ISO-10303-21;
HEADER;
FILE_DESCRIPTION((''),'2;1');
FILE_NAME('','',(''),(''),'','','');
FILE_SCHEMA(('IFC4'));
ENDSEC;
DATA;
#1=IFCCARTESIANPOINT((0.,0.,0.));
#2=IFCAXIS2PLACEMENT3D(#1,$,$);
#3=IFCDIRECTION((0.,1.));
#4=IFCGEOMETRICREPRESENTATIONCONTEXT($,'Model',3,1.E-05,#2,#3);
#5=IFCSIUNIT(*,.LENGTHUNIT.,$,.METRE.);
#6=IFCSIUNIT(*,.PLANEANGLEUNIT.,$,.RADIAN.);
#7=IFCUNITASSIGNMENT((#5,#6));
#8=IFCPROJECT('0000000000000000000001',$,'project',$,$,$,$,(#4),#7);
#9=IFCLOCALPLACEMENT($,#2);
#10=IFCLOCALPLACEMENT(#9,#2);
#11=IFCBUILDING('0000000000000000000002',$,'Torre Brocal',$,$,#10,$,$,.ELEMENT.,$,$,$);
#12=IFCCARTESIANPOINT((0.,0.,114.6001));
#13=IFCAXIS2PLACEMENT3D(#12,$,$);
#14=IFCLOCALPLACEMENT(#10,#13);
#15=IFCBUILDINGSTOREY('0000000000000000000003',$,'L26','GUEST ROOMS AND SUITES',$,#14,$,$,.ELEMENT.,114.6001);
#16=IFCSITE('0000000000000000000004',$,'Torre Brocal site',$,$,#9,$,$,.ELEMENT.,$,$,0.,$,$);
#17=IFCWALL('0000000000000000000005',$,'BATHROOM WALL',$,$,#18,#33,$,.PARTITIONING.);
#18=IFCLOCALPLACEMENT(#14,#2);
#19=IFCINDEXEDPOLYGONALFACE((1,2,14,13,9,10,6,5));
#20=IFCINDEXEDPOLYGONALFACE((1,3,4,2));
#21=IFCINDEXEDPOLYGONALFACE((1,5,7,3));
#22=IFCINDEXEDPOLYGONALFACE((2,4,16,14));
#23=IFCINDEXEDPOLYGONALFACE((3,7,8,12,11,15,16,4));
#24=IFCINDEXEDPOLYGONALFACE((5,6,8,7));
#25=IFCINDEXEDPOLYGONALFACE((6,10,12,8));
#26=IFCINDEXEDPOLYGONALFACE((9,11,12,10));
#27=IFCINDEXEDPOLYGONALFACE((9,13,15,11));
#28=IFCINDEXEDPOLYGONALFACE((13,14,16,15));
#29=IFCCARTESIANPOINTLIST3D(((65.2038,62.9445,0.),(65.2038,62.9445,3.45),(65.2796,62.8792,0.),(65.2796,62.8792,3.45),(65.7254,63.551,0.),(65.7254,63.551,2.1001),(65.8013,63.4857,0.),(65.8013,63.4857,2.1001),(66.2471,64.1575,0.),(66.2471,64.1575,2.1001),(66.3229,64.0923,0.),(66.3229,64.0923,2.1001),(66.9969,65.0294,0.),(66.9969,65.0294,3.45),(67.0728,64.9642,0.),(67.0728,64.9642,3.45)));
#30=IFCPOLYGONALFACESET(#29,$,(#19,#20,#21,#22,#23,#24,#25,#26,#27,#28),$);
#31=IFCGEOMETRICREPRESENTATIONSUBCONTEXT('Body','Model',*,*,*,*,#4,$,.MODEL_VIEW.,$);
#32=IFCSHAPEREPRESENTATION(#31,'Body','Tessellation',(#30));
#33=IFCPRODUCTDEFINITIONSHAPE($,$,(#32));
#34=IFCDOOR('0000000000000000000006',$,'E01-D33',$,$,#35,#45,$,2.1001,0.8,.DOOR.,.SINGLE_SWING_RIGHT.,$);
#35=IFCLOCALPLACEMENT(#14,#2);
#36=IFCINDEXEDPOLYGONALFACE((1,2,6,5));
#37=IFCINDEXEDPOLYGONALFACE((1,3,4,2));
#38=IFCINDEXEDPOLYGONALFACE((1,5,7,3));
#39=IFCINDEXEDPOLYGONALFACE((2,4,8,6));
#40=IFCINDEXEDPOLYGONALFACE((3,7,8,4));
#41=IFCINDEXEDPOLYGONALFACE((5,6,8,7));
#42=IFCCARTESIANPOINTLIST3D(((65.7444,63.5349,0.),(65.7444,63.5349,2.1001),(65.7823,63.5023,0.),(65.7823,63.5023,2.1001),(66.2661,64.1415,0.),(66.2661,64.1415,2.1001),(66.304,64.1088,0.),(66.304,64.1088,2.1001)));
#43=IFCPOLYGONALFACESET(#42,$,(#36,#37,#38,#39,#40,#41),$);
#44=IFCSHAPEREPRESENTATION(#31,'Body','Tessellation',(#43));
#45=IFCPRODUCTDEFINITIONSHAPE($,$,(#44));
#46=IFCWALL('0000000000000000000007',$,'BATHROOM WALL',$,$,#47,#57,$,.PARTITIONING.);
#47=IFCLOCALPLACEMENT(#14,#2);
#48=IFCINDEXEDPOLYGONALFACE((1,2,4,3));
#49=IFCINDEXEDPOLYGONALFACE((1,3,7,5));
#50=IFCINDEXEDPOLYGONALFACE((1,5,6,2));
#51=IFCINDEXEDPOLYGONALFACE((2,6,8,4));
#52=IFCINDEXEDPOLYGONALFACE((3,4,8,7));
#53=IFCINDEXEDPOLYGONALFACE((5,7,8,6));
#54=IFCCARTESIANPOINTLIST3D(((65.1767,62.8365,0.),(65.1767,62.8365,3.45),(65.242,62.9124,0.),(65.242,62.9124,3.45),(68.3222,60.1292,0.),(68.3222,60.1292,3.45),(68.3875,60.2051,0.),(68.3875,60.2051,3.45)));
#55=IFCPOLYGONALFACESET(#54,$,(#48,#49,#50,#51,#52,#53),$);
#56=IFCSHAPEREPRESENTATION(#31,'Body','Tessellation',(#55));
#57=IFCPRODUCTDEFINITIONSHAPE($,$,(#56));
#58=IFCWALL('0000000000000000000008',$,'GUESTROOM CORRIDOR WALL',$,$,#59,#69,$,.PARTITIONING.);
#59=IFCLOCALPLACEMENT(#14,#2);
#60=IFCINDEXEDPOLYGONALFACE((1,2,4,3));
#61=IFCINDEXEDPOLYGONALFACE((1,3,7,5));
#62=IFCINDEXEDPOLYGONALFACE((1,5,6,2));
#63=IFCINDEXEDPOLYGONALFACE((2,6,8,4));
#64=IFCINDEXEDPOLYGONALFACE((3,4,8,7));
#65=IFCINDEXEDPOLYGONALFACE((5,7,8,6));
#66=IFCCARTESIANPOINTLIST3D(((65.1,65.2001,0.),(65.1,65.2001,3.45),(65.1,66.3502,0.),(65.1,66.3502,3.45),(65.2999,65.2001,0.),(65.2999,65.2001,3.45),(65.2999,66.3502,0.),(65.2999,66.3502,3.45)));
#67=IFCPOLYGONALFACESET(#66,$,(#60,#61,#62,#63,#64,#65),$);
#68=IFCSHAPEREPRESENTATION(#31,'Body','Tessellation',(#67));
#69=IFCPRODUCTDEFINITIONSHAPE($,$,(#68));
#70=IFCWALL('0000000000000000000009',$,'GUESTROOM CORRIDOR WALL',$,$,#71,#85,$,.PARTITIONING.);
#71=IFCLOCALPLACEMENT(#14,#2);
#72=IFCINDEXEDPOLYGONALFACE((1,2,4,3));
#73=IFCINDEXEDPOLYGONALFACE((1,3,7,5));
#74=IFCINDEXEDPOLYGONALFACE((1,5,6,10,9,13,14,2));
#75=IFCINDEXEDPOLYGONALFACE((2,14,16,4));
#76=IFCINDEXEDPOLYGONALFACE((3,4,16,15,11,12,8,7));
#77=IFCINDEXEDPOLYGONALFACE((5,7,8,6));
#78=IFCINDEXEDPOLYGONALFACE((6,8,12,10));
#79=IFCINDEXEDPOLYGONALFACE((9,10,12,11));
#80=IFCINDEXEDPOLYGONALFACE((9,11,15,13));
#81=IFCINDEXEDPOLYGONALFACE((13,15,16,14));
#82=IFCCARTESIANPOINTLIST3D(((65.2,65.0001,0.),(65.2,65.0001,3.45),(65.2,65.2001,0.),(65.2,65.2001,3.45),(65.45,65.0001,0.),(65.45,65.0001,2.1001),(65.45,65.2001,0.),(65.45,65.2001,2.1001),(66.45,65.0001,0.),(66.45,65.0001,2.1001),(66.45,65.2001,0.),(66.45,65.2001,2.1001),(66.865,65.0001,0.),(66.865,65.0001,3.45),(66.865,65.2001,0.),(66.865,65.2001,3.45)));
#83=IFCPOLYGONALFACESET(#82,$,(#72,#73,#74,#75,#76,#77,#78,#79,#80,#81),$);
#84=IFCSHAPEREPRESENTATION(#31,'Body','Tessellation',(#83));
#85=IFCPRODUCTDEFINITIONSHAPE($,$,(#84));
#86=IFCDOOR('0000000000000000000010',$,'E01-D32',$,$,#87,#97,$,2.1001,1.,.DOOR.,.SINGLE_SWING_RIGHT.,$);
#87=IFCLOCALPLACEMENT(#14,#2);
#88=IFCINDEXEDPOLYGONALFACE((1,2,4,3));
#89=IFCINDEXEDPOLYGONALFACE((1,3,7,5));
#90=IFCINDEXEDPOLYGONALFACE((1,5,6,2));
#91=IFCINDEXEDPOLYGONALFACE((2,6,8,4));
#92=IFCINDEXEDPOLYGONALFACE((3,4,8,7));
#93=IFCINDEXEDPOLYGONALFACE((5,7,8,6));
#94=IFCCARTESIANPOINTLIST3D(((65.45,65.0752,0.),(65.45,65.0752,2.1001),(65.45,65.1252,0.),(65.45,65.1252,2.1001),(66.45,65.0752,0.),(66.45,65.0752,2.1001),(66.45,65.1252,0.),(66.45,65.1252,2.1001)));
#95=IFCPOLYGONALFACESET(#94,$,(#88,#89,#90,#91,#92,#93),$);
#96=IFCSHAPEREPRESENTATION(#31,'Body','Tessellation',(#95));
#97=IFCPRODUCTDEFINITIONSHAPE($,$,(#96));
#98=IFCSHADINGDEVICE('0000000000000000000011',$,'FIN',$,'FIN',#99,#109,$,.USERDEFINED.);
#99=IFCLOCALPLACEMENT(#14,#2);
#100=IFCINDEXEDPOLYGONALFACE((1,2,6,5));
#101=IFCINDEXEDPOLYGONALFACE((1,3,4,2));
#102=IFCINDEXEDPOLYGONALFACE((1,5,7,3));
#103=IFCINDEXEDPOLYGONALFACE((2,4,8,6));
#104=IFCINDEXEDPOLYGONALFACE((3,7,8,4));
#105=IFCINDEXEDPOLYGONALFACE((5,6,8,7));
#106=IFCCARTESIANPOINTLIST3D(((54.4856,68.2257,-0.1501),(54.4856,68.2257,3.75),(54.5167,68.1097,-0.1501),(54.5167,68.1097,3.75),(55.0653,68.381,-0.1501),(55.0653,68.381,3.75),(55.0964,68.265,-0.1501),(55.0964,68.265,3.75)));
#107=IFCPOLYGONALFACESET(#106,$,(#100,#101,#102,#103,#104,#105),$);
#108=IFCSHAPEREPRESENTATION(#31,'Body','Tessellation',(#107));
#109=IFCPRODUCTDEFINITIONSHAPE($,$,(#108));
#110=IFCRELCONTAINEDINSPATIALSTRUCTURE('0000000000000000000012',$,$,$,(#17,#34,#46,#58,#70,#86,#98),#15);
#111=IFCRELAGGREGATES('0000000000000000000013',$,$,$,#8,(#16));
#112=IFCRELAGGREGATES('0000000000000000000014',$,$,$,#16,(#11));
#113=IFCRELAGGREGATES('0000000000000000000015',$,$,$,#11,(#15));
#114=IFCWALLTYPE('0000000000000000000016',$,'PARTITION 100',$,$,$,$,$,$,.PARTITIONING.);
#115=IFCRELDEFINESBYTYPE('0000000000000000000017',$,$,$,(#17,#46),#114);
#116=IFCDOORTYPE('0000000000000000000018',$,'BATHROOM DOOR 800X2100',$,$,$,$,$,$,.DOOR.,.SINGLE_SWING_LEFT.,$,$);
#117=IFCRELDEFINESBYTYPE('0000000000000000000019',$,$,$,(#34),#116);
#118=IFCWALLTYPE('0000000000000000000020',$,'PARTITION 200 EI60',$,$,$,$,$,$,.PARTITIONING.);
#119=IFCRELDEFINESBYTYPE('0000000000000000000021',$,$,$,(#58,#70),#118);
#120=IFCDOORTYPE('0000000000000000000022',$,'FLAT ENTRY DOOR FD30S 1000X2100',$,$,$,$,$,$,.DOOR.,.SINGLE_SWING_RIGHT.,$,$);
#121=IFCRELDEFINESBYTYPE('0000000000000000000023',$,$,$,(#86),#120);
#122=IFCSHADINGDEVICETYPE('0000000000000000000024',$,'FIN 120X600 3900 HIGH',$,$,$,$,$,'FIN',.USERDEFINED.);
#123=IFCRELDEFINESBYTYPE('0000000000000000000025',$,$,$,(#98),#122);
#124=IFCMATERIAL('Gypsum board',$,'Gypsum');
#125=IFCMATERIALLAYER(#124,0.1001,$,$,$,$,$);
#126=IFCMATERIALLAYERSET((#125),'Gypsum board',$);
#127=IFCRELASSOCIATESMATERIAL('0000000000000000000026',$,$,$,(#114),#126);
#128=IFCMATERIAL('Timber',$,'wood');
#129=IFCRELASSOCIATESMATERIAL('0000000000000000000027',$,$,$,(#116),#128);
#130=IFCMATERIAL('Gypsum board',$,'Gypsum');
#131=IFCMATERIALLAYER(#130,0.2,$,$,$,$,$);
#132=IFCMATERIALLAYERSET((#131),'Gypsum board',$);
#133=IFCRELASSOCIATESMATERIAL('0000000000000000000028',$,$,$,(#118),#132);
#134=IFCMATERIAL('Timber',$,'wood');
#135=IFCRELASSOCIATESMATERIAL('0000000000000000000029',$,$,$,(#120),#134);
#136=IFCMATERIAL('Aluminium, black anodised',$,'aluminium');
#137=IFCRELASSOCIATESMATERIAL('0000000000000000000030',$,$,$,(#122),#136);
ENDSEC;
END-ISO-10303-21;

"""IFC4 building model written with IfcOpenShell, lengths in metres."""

from ifc_helpers import new_model, si_unit, direction, frame, frame_2d, origin, origin_2d, place, context, subcontext, project, spatial, rectangle, extrude, material, layer, layer_set, material_profile, profile_set, type_object, element, fill, save


model = new_model("IFC4")

# Units and contexts
model_context = context("Model", 3, precision=1e-05, world=origin(), true_north=direction((0.0, 1.0)))
body_context = subcontext(model_context, "Body", "Model", "MODEL_VIEW")
ifc_project = project(units=[si_unit("LENGTHUNIT", "METRE"), si_unit("PLANEANGLEUNIT", "RADIAN")], contexts=[model_context])

# Site, building, storey
site_placement = place(None, origin())
site = spatial("IfcSite", under=ifc_project, at=site_placement, Name="Torre Brocal site", CompositionType="ELEMENT", RefElevation=0.0)
building_placement = place(site_placement, origin())
building = spatial("IfcBuilding", under=site, at=building_placement, Name="Torre Brocal", CompositionType="ELEMENT")
storey_placement = place(building_placement, frame((0.0, 0.0, 114.6001)))
storey = spatial("IfcBuildingStorey", under=building, at=storey_placement, Name="L26", Description="GUEST ROOMS AND SUITES", CompositionType="ELEMENT", Elevation=114.6001)

# Wall, opening, door
ifc_material_1 = material(Name="Gypsum board", Category="Gypsum")
ifc_layer_1 = layer(ifc_material_1, 0.1001)
ifc_layer_set_1 = layer_set([ifc_layer_1], Name="Gypsum board")
wall_type_1 = type_object("IfcWallType", Name="PARTITION 100", PredefinedType="PARTITIONING", material=ifc_layer_set_1)
wall_1_placement = place(storey_placement, frame((65.2417, 62.9119, 0.0), z_axis=(0.0, 0.0, 1.0), x_axis=(0.65207, 0.758159, 0.0)))
wall_1 = element("IfcWall", 1, at=wall_1_placement, inside=storey, type_object=wall_type_1, Name="BATHROOM WALL", PredefinedType="PARTITIONING", context=body_context, shape_type="SweptSolid", body=[
    extrude(rectangle(XDim=2.75, YDim=0.1001, at=frame_2d((1.375, 0.0))), origin(), (0.0, 0.0, 1.0), 3.45),
])
opening_1_placement = place(wall_1_placement, frame((0.8, 0.0, 0.0)))
opening_1 = element("IfcOpeningElement", 2, at=opening_1_placement, cuts=wall_1, PredefinedType="OPENING", context=body_context, shape_type="SweptSolid", body=[
    extrude(rectangle(XDim=0.8, YDim=2.1001, at=frame_2d((0.3999, 1.05))), frame((0.0, 0.0601, 0.0), z_axis=(0.0, -1.0, 0.0), x_axis=(1.0, 0.0, 0.0)), (0.0, 0.0, 1.0), 0.1201),
])
ifc_material_2 = material(Name="Timber", Category="wood")
door_type_1 = type_object("IfcDoorType", Name="BATHROOM DOOR 800X2100", OperationType="SINGLE_SWING_LEFT", PredefinedType="DOOR", material=ifc_material_2)
door_1_placement = place(opening_1_placement, frame((0.8, 0.0, 0.0), z_axis=(0.0, 0.0, 1.0), x_axis=(-1.0, 0.0, 0.0)))
door_1 = element("IfcDoor", 3, at=door_1_placement, inside=storey, type_object=door_type_1, Name="E01-D33", OperationType="SINGLE_SWING_RIGHT", OverallHeight=2.1001, OverallWidth=0.8, PredefinedType="DOOR", context=body_context, shape_type="SweptSolid", body=[
    extrude(rectangle(XDim=0.8, YDim=2.1001, at=frame_2d((0.3999, 1.05))), frame((0.0, 0.0249, 0.0), z_axis=(0.0, -1.0, 0.0), x_axis=(1.0, 0.0, 0.0)), (0.0, 0.0, 1.0), 0.05),
])
fill(opening_1, door_1)

# Walls
wall_2_placement = place(storey_placement, frame((65.2092, 62.8745, 0.0), z_axis=(0.0, 0.0, 1.0), x_axis=(0.75793, -0.652335, 0.0)))
element("IfcWall", 4, at=wall_2_placement, inside=storey, type_object=wall_type_1, Name="BATHROOM WALL", PredefinedType="PARTITIONING", context=body_context, shape_type="SweptSolid", body=[
    extrude(rectangle(XDim=4.1501, YDim=0.1001, at=frame_2d((2.0752, 0.0))), origin(), (0.0, 0.0, 1.0), 3.45),
])
ifc_material_3 = material(Name="Gypsum board", Category="Gypsum")
ifc_layer_2 = layer(ifc_material_3, 0.2)
ifc_layer_set_2 = layer_set([ifc_layer_2], Name="Gypsum board")
wall_type_2 = type_object("IfcWallType", Name="PARTITION 200 EI60", PredefinedType="PARTITIONING", material=ifc_layer_set_2)
wall_3_placement = place(storey_placement, frame((65.2, 65.2, 0.0), z_axis=(0.0, 0.0, 1.0), x_axis=(0.0, 1.0, 0.0)))
element("IfcWall", 5, at=wall_3_placement, inside=storey, type_object=wall_type_2, Name="GUESTROOM CORRIDOR WALL", PredefinedType="PARTITIONING", context=body_context, shape_type="SweptSolid", body=[
    extrude(rectangle(XDim=1.1501, YDim=0.2, at=frame_2d((0.5752, 0.0))), origin(), (0.0, 0.0, 1.0), 3.45),
])

# Wall, opening, door
wall_4_placement = place(storey_placement, frame((65.2, 65.1001, 0.0), z_axis=(0.0, 0.0, 1.0), x_axis=(1.0, 0.0, 0.0)))
wall_4 = element("IfcWall", 6, at=wall_4_placement, inside=storey, type_object=wall_type_2, Name="GUESTROOM CORRIDOR WALL", PredefinedType="PARTITIONING", context=body_context, shape_type="SweptSolid", body=[
    extrude(rectangle(XDim=1.665, YDim=0.2, at=frame_2d((0.8325, 0.0))), origin(), (0.0, 0.0, 1.0), 3.45),
])
opening_2_placement = place(wall_4_placement, frame((0.25, 0.0, 0.0)))
opening_2 = element("IfcOpeningElement", 7, at=opening_2_placement, cuts=wall_4, PredefinedType="OPENING", context=body_context, shape_type="SweptSolid", body=[
    extrude(rectangle(XDim=1.0, YDim=2.1001, at=frame_2d((0.5, 1.05))), frame((0.0, 0.1099, 0.0), z_axis=(0.0, -1.0, 0.0), x_axis=(1.0, 0.0, 0.0)), (0.0, 0.0, 1.0), 0.22),
])
ifc_material_4 = material(Name="Timber", Category="wood")
door_type_2 = type_object("IfcDoorType", Name="FLAT ENTRY DOOR FD30S 1000X2100", OperationType="SINGLE_SWING_RIGHT", PredefinedType="DOOR", material=ifc_material_4)
door_2_placement = place(opening_2_placement, frame((1.0, 0.0, 0.0), z_axis=(0.0, 0.0, 1.0), x_axis=(-1.0, 0.0, 0.0)))
door_2 = element("IfcDoor", 8, at=door_2_placement, inside=storey, type_object=door_type_2, Name="E01-D32", OperationType="SINGLE_SWING_RIGHT", OverallHeight=2.1001, OverallWidth=1.0, PredefinedType="DOOR", context=body_context, shape_type="SweptSolid", body=[
    extrude(rectangle(XDim=1.0, YDim=2.1001, at=frame_2d((0.5, 1.05))), frame((0.0, 0.0249, 0.0), z_axis=(0.0, -1.0, 0.0), x_axis=(1.0, 0.0, 0.0)), (0.0, 0.0, 1.0), 0.05),
])
fill(opening_2, door_2)

# Shading device
ifc_material_5 = material(Name="Aluminium, black anodised", Category="aluminium")
ifc_material_profile_1 = material_profile(ifc_material_5, rectangle(XDim=0.1201, YDim=0.6001, at=origin_2d()), Name="FIN 120X600 3900 HIGH")
ifc_profile_set_1 = profile_set([ifc_material_profile_1], Name="Aluminium, black anodised")
shading_device_type = type_object("IfcShadingDeviceType", Name="FIN 120X600 3900 HIGH", ElementType="FIN", PredefinedType="USERDEFINED", material=ifc_profile_set_1)
shading_device_placement = place(storey_placement, frame((54.791, 68.2454, -0.1501), z_axis=(0.0, 0.0, 1.0), x_axis=(0.258819, -0.965926, 0.0)))
element("IfcShadingDevice", 9, at=shading_device_placement, inside=storey, type_object=shading_device_type, Name="FIN", ObjectType="FIN", PredefinedType="USERDEFINED", context=body_context, shape_type="SweptSolid", body=[
    extrude(rectangle(XDim=0.1201, YDim=0.6001, at=origin_2d()), origin(), (0.0, 0.0, 1.0), 3.9001),
])

save(model, "model.ifc")
